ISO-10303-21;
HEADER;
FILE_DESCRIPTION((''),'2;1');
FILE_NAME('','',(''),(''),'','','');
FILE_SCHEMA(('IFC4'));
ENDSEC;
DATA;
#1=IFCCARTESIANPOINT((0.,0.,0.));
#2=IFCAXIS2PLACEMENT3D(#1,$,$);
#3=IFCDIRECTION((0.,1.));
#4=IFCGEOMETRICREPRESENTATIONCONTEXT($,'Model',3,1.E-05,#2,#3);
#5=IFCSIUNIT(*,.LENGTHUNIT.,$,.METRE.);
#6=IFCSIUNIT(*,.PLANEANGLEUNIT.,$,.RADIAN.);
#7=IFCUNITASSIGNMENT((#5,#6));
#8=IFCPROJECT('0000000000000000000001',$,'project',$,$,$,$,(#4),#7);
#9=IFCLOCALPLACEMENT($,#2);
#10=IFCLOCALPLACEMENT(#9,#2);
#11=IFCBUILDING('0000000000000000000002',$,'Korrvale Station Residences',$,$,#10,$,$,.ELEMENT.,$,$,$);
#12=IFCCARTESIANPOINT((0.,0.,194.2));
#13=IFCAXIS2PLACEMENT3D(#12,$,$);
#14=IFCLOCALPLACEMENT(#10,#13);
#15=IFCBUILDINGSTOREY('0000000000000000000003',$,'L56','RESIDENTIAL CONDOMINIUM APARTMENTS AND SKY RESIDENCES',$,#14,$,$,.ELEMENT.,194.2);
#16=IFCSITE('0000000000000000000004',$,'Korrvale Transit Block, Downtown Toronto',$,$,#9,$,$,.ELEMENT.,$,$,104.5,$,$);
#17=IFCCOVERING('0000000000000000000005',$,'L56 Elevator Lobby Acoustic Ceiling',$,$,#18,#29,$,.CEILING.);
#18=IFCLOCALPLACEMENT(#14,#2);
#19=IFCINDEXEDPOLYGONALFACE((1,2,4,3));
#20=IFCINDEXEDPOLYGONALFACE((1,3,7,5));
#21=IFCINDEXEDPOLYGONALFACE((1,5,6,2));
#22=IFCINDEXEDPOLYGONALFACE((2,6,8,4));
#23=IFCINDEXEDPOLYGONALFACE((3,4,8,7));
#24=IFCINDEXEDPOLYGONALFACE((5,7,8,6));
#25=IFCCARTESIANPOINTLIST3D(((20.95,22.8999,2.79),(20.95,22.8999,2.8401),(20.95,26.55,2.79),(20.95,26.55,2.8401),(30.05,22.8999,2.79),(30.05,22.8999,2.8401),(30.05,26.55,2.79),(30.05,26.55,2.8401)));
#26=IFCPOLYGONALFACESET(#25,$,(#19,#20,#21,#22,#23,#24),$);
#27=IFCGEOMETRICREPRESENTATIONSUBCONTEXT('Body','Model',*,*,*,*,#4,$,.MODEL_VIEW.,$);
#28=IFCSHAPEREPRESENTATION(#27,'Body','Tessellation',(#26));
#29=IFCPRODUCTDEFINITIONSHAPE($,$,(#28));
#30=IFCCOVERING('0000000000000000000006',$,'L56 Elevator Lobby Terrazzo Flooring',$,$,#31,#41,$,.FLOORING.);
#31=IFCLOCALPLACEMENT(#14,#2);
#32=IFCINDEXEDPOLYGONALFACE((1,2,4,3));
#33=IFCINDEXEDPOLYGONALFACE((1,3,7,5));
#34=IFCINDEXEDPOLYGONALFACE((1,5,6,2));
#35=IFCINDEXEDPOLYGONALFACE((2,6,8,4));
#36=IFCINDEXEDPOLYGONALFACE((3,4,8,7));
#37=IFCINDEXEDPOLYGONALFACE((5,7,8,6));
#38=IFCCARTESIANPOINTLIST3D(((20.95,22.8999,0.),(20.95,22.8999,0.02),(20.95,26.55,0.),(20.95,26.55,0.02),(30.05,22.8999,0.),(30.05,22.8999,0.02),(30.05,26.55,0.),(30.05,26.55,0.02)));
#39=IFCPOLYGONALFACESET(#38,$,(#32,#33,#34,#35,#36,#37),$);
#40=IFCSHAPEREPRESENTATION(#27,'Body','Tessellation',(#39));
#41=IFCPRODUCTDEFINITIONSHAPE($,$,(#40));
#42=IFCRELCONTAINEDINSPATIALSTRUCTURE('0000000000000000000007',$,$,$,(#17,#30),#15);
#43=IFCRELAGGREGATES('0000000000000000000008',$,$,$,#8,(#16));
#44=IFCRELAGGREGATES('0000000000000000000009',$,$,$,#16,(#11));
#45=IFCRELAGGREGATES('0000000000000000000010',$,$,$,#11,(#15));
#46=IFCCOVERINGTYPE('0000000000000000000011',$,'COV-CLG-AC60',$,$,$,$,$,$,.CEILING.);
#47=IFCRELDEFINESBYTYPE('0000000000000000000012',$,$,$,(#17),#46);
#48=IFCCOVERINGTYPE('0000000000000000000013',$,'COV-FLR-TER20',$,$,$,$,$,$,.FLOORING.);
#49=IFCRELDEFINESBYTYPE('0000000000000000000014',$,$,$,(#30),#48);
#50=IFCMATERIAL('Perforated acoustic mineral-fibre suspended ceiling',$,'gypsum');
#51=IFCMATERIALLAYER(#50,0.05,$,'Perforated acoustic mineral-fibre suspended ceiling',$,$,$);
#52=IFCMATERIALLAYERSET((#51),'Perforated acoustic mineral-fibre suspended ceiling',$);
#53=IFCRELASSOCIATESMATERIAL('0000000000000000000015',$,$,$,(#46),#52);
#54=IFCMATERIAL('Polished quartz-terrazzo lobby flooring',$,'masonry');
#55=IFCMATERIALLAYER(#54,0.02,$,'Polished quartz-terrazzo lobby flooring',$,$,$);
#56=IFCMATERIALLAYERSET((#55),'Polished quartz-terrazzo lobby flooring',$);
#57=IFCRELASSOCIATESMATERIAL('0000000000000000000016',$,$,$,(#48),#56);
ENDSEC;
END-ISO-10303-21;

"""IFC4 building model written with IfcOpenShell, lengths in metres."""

from ifc_helpers import new_model, si_unit, direction, frame, origin, place, context, subcontext, project, spatial, polyline, outline, extrude, material, layer, layer_set, type_object, element, save


model = new_model("IFC4")

# Units and contexts
model_context = context("Model", 3, precision=1e-05, world=origin(), true_north=direction((0.0, 1.0)))
body_context = subcontext(model_context, "Body", "Model", "MODEL_VIEW")
ifc_project = project(units=[si_unit("LENGTHUNIT", "METRE"), si_unit("PLANEANGLEUNIT", "RADIAN")], contexts=[model_context])

# Site, building, storey
site_placement = place(None, origin())
site = spatial("IfcSite", under=ifc_project, at=site_placement, Name="Korrvale Transit Block, Downtown Toronto", CompositionType="ELEMENT", RefElevation=104.5)
building_placement = place(site_placement, origin())
building = spatial("IfcBuilding", under=site, at=building_placement, Name="Korrvale Station Residences", CompositionType="ELEMENT")
storey_placement = place(building_placement, frame((0.0, 0.0, 194.2)))
storey = spatial("IfcBuildingStorey", under=building, at=storey_placement, Name="L56", Description="RESIDENTIAL CONDOMINIUM APARTMENTS AND SKY RESIDENCES", CompositionType="ELEMENT", Elevation=194.2)

# Coverings
ifc_material_1 = material(Name="Perforated acoustic mineral-fibre suspended ceiling", Category="gypsum")
ifc_layer_1 = layer(ifc_material_1, 0.05, Name="Perforated acoustic mineral-fibre suspended ceiling")
ifc_layer_set_1 = layer_set([ifc_layer_1], Name="Perforated acoustic mineral-fibre suspended ceiling")
covering_type_1 = type_object("IfcCoveringType", Name="COV-CLG-AC60", PredefinedType="CEILING", material=ifc_layer_set_1)
covering_1_placement = place(storey_placement, frame((0.0, 0.0, 2.79)))
element("IfcCovering", 1, at=covering_1_placement, inside=storey, type_object=covering_type_1, Name="L56 Elevator Lobby Acoustic Ceiling", PredefinedType="CEILING", context=body_context, shape_type="SweptSolid", body=[
    extrude(outline(polyline([(20.95, 22.8999), (30.05, 22.8999), (30.05, 26.55), (20.95, 26.55), (20.95, 22.8999)])), origin(), (0.0, 0.0, 1.0), 0.05),
])
ifc_material_2 = material(Name="Polished quartz-terrazzo lobby flooring", Category="masonry")
ifc_layer_2 = layer(ifc_material_2, 0.02, Name="Polished quartz-terrazzo lobby flooring")
ifc_layer_set_2 = layer_set([ifc_layer_2], Name="Polished quartz-terrazzo lobby flooring")
covering_type_2 = type_object("IfcCoveringType", Name="COV-FLR-TER20", PredefinedType="FLOORING", material=ifc_layer_set_2)
covering_2_placement = place(storey_placement, origin())
element("IfcCovering", 2, at=covering_2_placement, inside=storey, type_object=covering_type_2, Name="L56 Elevator Lobby Terrazzo Flooring", PredefinedType="FLOORING", context=body_context, shape_type="SweptSolid", body=[
    extrude(outline(polyline([(20.95, 22.8999), (30.05, 22.8999), (30.05, 26.55), (20.95, 26.55), (20.95, 22.8999)])), origin(), (0.0, 0.0, 1.0), 0.02),
])

save(model, "model.ifc")
